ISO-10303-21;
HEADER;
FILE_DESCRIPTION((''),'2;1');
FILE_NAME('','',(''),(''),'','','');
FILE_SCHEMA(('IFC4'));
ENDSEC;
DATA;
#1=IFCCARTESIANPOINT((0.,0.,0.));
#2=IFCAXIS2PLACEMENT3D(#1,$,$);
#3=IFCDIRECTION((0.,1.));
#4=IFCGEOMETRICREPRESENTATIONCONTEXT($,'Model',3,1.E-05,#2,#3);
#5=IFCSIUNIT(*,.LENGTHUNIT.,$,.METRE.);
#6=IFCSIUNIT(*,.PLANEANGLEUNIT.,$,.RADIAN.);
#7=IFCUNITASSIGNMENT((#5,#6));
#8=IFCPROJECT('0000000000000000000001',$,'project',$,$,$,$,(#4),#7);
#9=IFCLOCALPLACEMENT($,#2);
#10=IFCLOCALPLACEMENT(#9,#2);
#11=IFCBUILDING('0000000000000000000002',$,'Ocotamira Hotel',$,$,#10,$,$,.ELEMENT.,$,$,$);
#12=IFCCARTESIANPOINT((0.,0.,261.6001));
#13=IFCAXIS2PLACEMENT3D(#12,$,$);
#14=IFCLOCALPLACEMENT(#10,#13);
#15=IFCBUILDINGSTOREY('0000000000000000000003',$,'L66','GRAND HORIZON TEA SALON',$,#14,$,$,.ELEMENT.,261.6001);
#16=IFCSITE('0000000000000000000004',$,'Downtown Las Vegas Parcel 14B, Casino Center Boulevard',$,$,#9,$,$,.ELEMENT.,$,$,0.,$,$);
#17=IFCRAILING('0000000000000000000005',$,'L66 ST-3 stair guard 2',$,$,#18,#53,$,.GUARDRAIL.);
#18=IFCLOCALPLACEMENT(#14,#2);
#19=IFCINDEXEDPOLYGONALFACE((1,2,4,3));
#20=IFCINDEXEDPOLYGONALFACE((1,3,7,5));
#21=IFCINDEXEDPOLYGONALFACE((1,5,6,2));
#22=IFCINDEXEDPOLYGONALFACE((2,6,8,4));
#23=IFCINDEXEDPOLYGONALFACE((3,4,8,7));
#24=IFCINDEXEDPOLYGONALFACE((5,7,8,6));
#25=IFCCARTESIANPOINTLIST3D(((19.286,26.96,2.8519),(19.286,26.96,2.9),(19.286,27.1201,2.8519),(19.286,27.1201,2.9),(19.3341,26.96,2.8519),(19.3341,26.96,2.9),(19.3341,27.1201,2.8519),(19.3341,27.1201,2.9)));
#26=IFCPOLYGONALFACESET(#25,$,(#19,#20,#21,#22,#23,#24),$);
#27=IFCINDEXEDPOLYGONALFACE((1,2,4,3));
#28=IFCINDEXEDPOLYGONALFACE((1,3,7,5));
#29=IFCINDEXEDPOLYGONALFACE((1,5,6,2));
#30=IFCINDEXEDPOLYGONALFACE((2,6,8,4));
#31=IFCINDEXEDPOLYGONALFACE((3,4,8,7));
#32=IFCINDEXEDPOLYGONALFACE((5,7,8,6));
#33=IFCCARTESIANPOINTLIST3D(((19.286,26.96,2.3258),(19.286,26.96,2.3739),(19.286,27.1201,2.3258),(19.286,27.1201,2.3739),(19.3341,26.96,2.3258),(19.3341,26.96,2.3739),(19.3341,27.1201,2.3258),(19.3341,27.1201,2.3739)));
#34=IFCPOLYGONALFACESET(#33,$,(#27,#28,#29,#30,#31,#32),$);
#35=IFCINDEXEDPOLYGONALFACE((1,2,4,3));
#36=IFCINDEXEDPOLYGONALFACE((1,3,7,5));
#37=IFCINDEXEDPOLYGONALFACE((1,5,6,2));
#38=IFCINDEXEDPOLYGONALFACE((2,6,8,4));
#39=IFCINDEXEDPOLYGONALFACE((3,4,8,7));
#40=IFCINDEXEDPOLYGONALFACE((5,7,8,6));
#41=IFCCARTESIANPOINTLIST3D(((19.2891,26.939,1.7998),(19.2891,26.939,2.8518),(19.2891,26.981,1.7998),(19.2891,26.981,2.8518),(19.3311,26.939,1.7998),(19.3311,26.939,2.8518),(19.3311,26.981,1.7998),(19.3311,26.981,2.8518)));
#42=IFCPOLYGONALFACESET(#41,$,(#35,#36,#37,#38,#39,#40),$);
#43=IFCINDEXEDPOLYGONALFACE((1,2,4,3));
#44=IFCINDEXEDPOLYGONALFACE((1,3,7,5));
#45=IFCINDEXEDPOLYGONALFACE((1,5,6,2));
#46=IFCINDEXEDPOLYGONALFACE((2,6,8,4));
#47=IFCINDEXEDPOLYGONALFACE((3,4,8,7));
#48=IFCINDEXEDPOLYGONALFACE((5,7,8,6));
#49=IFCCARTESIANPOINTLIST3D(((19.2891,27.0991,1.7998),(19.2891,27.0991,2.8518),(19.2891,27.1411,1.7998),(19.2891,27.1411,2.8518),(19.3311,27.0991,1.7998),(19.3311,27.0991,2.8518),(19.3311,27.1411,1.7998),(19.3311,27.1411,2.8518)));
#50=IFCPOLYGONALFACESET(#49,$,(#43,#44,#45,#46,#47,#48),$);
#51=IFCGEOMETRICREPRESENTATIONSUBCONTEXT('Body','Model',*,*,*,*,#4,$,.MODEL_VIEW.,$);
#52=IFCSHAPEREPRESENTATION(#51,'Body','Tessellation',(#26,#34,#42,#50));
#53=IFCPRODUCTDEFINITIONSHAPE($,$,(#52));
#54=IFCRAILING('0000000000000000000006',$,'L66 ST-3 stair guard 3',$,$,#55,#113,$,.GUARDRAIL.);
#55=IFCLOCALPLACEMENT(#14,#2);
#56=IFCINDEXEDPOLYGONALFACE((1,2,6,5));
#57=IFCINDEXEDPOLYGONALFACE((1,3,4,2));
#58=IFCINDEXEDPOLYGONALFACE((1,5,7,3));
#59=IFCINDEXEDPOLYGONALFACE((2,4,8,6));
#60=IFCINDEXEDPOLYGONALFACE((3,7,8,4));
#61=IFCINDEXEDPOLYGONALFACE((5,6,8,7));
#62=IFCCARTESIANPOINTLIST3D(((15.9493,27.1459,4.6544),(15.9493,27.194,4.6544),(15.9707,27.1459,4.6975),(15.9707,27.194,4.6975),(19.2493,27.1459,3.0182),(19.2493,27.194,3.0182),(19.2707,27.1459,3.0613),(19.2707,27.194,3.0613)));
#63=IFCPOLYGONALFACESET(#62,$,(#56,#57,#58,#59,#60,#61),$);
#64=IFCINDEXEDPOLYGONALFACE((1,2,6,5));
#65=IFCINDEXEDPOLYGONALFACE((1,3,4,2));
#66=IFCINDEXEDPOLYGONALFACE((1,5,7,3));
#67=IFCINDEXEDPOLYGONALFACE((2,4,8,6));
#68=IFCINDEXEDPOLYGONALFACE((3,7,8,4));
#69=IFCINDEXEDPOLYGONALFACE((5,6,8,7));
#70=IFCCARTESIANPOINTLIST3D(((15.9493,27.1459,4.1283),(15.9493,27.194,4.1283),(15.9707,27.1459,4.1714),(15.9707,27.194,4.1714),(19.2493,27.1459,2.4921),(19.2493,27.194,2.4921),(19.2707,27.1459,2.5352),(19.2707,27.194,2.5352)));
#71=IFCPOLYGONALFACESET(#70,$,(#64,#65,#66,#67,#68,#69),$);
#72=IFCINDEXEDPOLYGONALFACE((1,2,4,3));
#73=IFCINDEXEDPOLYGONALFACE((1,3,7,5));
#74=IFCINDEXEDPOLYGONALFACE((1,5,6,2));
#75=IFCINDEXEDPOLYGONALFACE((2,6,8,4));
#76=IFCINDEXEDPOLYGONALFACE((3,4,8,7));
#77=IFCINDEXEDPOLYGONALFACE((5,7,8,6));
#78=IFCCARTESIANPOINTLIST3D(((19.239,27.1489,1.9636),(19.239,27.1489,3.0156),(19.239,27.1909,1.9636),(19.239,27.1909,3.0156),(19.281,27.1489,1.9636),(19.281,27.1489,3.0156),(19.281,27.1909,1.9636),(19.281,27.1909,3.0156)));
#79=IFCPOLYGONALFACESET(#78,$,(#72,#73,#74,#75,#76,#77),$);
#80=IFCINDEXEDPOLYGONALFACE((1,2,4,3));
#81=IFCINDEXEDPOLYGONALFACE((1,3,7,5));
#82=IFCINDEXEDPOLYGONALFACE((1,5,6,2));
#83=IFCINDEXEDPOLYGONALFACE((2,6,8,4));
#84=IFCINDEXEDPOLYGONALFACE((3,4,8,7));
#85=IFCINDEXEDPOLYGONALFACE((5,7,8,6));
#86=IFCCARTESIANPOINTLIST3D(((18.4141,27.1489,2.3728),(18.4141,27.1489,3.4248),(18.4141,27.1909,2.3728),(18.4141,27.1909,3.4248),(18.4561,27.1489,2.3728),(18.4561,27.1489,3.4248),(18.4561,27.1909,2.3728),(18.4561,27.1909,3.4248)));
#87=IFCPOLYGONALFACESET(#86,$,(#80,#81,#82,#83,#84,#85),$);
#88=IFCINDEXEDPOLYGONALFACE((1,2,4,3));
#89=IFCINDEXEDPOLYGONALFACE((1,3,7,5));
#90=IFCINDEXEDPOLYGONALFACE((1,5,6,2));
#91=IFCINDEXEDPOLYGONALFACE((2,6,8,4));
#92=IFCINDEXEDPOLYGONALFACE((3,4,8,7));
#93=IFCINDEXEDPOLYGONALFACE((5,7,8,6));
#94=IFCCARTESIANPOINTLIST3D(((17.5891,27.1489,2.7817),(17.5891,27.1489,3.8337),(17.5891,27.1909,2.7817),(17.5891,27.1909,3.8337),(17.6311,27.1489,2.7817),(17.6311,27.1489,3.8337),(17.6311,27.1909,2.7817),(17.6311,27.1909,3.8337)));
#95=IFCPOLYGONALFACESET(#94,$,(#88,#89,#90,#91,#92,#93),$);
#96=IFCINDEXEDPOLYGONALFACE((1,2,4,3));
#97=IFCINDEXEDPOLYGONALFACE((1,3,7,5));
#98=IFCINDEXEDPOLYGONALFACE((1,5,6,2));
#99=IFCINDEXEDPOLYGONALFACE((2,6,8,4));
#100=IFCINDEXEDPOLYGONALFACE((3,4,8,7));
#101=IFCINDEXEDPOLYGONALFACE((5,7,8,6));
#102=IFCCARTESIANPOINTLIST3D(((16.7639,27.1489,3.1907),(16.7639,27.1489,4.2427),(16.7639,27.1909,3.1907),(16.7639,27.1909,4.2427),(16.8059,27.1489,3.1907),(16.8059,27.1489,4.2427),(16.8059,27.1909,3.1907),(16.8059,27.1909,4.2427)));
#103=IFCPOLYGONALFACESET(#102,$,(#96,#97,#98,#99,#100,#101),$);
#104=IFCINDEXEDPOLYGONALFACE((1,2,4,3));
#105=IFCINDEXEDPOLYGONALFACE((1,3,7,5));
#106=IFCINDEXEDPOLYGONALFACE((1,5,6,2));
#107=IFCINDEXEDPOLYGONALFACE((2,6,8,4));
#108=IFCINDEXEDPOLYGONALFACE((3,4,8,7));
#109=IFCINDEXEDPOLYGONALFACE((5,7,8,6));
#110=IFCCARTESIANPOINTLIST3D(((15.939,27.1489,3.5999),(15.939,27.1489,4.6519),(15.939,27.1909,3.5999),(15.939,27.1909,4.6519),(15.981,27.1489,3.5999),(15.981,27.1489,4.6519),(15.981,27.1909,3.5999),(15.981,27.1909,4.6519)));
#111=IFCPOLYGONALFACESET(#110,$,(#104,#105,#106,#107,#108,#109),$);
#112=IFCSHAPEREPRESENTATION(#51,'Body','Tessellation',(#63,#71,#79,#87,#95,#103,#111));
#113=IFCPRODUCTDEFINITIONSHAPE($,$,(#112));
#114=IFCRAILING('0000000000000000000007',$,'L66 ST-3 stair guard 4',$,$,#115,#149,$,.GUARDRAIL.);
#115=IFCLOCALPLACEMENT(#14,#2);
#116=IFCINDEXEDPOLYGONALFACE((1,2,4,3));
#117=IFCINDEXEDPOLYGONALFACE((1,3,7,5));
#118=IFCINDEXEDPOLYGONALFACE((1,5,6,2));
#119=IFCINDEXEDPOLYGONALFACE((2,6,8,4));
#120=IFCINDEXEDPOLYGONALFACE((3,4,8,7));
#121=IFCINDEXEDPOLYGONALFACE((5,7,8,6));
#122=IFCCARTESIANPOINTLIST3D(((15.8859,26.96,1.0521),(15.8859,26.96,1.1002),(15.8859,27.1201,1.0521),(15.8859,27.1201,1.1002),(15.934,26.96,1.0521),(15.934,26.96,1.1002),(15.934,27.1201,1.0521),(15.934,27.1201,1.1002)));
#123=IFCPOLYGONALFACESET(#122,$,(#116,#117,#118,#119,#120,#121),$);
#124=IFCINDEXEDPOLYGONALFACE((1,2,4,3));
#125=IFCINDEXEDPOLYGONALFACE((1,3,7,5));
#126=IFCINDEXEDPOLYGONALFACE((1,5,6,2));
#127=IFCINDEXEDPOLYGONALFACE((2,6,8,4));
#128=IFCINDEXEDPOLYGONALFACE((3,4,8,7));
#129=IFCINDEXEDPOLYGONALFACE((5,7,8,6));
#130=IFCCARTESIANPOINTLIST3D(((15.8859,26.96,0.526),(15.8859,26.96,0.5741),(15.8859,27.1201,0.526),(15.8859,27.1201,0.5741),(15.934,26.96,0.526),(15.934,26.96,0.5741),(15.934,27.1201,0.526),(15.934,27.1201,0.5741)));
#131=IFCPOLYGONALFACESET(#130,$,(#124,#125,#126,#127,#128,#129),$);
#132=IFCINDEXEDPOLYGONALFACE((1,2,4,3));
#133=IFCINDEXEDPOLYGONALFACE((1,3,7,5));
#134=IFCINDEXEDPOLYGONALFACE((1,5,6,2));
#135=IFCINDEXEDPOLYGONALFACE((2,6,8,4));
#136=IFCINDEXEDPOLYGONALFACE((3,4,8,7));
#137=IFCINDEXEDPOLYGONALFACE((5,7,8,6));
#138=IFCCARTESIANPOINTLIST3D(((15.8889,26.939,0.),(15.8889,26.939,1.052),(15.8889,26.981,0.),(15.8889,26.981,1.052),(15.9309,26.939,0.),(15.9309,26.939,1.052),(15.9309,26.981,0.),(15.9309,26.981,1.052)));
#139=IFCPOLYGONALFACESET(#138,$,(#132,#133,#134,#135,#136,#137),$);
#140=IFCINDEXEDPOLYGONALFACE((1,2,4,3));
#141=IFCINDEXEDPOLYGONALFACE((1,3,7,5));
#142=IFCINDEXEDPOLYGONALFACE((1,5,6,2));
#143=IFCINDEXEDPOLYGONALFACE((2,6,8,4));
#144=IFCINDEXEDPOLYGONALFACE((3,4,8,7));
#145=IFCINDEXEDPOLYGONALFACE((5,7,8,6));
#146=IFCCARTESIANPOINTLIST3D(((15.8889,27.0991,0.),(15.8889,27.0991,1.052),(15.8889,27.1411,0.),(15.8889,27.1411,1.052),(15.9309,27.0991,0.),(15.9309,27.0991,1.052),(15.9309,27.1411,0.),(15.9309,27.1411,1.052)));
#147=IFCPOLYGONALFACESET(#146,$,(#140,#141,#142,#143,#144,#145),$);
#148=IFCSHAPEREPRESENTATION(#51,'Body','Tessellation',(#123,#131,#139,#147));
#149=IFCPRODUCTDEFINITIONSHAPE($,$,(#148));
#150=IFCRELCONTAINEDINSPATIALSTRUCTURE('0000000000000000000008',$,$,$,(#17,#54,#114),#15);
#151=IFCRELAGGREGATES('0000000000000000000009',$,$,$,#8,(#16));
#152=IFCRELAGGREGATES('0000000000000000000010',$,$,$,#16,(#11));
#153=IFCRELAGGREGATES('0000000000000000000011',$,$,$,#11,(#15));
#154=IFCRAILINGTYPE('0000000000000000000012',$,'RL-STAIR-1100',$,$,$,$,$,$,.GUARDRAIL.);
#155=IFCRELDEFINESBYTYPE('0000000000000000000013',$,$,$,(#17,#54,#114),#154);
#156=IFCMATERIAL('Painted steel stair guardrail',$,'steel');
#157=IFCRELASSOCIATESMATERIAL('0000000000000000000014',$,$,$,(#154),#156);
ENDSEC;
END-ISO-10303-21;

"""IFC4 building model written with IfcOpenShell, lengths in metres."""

from ifc_helpers import new_model, si_unit, direction, frame, origin, origin_2d, place, context, subcontext, project, spatial, rectangle, extrude, material, type_object, element, save


model = new_model("IFC4")

# Units and contexts
model_context = context("Model", 3, precision=1e-05, world=origin(), true_north=direction((0.0, 1.0)))
body_context = subcontext(model_context, "Body", "Model", "MODEL_VIEW")
ifc_project = project(units=[si_unit("LENGTHUNIT", "METRE"), si_unit("PLANEANGLEUNIT", "RADIAN")], contexts=[model_context])

# Site, building, storey
site_placement = place(None, origin())
site = spatial("IfcSite", under=ifc_project, at=site_placement, Name="Downtown Las Vegas Parcel 14B, Casino Center Boulevard", CompositionType="ELEMENT", RefElevation=0.0)
building_placement = place(site_placement, origin())
building = spatial("IfcBuilding", under=site, at=building_placement, Name="Ocotamira Hotel", CompositionType="ELEMENT")
storey_placement = place(building_placement, frame((0.0, 0.0, 261.6001)))
storey = spatial("IfcBuildingStorey", under=building, at=storey_placement, Name="L66", Description="GRAND HORIZON TEA SALON", CompositionType="ELEMENT", Elevation=261.6001)

# Railings
ifc_material_1 = material(Name="Painted steel stair guardrail", Category="steel")
railing_type_1 = type_object("IfcRailingType", Name="RL-STAIR-1100", PredefinedType="GUARDRAIL", material=ifc_material_1)
railing_1_placement = place(storey_placement, frame((19.3101, 26.96, 1.7998)))
element("IfcRailing", 1, at=railing_1_placement, inside=storey, type_object=railing_type_1, Name="L66 ST-3 stair guard 2", PredefinedType="GUARDRAIL", context=body_context, shape_type="SweptSolid", body=[
    extrude(rectangle(XDim=0.0481, YDim=0.0481, at=origin_2d()), frame((0.0, 0.0, 1.0762), z_axis=(0.0, 1.0, 0.0), x_axis=(-1.0, 0.0, 0.0)), (0.0, 0.0, 1.0), 0.1602),
    extrude(rectangle(XDim=0.0481, YDim=0.0481, at=origin_2d()), frame((0.0, 0.0, 0.55), z_axis=(0.0, 1.0, 0.0), x_axis=(-1.0, 0.0, 0.0)), (0.0, 0.0, 1.0), 0.1602),
    extrude(rectangle(XDim=0.042, YDim=0.042, at=origin_2d()), origin(), (0.0, 0.0, 1.0), 1.052),
    extrude(rectangle(XDim=0.042, YDim=0.042, at=origin_2d()), frame((0.0, 0.1602, 0.0)), (0.0, 0.0, 1.0), 1.052),
])
railing_2_placement = place(storey_placement, frame((19.26, 27.1699, 1.9636)))
element("IfcRailing", 2, at=railing_2_placement, inside=storey, type_object=railing_type_1, Name="L66 ST-3 stair guard 3", PredefinedType="GUARDRAIL", context=body_context, shape_type="SweptSolid", body=[
    extrude(rectangle(XDim=0.0481, YDim=0.0481, at=origin_2d()), frame((0.0, 0.0, 1.0762), z_axis=(-0.89592, 0.0, 0.444215), x_axis=(0.0, -1.0, 0.0)), (0.0, 0.0, 1.0), 3.6833),
    extrude(rectangle(XDim=0.0481, YDim=0.0481, at=origin_2d()), frame((0.0, 0.0, 0.55), z_axis=(-0.89592, 0.0, 0.444215), x_axis=(0.0, -1.0, 0.0)), (0.0, 0.0, 1.0), 3.6833),
    extrude(rectangle(XDim=0.042, YDim=0.042, at=origin_2d()), origin(), (0.0, 0.0, 1.0), 1.052),
    extrude(rectangle(XDim=0.042, YDim=0.042, at=origin_2d()), frame((-0.825, 0.0, 0.4092)), (0.0, 0.0, 1.0), 1.052),
    extrude(rectangle(XDim=0.042, YDim=0.042, at=origin_2d()), frame((-1.6499, 0.0, 0.8181)), (0.0, 0.0, 1.0), 1.052),
    extrude(rectangle(XDim=0.042, YDim=0.042, at=origin_2d()), frame((-2.4751, 0.0, 1.2271)), (0.0, 0.0, 1.0), 1.052),
    extrude(rectangle(XDim=0.042, YDim=0.042, at=origin_2d()), frame((-3.3, 0.0, 1.6362)), (0.0, 0.0, 1.0), 1.052),
])
railing_3_placement = place(storey_placement, frame((15.9099, 26.96, 0.0)))
element("IfcRailing", 3, at=railing_3_placement, inside=storey, type_object=railing_type_1, Name="L66 ST-3 stair guard 4", PredefinedType="GUARDRAIL", context=body_context, shape_type="SweptSolid", body=[
    extrude(rectangle(XDim=0.0481, YDim=0.0481, at=origin_2d()), frame((0.0, 0.0, 1.0762), z_axis=(0.0, 1.0, 0.0), x_axis=(-1.0, 0.0, 0.0)), (0.0, 0.0, 1.0), 0.1602),
    extrude(rectangle(XDim=0.0481, YDim=0.0481, at=origin_2d()), frame((0.0, 0.0, 0.55), z_axis=(0.0, 1.0, 0.0), x_axis=(-1.0, 0.0, 0.0)), (0.0, 0.0, 1.0), 0.1602),
    extrude(rectangle(XDim=0.042, YDim=0.042, at=origin_2d()), origin(), (0.0, 0.0, 1.0), 1.052),
    extrude(rectangle(XDim=0.042, YDim=0.042, at=origin_2d()), frame((0.0, 0.1602, 0.0)), (0.0, 0.0, 1.0), 1.052),
])

save(model, "model.ifc")
